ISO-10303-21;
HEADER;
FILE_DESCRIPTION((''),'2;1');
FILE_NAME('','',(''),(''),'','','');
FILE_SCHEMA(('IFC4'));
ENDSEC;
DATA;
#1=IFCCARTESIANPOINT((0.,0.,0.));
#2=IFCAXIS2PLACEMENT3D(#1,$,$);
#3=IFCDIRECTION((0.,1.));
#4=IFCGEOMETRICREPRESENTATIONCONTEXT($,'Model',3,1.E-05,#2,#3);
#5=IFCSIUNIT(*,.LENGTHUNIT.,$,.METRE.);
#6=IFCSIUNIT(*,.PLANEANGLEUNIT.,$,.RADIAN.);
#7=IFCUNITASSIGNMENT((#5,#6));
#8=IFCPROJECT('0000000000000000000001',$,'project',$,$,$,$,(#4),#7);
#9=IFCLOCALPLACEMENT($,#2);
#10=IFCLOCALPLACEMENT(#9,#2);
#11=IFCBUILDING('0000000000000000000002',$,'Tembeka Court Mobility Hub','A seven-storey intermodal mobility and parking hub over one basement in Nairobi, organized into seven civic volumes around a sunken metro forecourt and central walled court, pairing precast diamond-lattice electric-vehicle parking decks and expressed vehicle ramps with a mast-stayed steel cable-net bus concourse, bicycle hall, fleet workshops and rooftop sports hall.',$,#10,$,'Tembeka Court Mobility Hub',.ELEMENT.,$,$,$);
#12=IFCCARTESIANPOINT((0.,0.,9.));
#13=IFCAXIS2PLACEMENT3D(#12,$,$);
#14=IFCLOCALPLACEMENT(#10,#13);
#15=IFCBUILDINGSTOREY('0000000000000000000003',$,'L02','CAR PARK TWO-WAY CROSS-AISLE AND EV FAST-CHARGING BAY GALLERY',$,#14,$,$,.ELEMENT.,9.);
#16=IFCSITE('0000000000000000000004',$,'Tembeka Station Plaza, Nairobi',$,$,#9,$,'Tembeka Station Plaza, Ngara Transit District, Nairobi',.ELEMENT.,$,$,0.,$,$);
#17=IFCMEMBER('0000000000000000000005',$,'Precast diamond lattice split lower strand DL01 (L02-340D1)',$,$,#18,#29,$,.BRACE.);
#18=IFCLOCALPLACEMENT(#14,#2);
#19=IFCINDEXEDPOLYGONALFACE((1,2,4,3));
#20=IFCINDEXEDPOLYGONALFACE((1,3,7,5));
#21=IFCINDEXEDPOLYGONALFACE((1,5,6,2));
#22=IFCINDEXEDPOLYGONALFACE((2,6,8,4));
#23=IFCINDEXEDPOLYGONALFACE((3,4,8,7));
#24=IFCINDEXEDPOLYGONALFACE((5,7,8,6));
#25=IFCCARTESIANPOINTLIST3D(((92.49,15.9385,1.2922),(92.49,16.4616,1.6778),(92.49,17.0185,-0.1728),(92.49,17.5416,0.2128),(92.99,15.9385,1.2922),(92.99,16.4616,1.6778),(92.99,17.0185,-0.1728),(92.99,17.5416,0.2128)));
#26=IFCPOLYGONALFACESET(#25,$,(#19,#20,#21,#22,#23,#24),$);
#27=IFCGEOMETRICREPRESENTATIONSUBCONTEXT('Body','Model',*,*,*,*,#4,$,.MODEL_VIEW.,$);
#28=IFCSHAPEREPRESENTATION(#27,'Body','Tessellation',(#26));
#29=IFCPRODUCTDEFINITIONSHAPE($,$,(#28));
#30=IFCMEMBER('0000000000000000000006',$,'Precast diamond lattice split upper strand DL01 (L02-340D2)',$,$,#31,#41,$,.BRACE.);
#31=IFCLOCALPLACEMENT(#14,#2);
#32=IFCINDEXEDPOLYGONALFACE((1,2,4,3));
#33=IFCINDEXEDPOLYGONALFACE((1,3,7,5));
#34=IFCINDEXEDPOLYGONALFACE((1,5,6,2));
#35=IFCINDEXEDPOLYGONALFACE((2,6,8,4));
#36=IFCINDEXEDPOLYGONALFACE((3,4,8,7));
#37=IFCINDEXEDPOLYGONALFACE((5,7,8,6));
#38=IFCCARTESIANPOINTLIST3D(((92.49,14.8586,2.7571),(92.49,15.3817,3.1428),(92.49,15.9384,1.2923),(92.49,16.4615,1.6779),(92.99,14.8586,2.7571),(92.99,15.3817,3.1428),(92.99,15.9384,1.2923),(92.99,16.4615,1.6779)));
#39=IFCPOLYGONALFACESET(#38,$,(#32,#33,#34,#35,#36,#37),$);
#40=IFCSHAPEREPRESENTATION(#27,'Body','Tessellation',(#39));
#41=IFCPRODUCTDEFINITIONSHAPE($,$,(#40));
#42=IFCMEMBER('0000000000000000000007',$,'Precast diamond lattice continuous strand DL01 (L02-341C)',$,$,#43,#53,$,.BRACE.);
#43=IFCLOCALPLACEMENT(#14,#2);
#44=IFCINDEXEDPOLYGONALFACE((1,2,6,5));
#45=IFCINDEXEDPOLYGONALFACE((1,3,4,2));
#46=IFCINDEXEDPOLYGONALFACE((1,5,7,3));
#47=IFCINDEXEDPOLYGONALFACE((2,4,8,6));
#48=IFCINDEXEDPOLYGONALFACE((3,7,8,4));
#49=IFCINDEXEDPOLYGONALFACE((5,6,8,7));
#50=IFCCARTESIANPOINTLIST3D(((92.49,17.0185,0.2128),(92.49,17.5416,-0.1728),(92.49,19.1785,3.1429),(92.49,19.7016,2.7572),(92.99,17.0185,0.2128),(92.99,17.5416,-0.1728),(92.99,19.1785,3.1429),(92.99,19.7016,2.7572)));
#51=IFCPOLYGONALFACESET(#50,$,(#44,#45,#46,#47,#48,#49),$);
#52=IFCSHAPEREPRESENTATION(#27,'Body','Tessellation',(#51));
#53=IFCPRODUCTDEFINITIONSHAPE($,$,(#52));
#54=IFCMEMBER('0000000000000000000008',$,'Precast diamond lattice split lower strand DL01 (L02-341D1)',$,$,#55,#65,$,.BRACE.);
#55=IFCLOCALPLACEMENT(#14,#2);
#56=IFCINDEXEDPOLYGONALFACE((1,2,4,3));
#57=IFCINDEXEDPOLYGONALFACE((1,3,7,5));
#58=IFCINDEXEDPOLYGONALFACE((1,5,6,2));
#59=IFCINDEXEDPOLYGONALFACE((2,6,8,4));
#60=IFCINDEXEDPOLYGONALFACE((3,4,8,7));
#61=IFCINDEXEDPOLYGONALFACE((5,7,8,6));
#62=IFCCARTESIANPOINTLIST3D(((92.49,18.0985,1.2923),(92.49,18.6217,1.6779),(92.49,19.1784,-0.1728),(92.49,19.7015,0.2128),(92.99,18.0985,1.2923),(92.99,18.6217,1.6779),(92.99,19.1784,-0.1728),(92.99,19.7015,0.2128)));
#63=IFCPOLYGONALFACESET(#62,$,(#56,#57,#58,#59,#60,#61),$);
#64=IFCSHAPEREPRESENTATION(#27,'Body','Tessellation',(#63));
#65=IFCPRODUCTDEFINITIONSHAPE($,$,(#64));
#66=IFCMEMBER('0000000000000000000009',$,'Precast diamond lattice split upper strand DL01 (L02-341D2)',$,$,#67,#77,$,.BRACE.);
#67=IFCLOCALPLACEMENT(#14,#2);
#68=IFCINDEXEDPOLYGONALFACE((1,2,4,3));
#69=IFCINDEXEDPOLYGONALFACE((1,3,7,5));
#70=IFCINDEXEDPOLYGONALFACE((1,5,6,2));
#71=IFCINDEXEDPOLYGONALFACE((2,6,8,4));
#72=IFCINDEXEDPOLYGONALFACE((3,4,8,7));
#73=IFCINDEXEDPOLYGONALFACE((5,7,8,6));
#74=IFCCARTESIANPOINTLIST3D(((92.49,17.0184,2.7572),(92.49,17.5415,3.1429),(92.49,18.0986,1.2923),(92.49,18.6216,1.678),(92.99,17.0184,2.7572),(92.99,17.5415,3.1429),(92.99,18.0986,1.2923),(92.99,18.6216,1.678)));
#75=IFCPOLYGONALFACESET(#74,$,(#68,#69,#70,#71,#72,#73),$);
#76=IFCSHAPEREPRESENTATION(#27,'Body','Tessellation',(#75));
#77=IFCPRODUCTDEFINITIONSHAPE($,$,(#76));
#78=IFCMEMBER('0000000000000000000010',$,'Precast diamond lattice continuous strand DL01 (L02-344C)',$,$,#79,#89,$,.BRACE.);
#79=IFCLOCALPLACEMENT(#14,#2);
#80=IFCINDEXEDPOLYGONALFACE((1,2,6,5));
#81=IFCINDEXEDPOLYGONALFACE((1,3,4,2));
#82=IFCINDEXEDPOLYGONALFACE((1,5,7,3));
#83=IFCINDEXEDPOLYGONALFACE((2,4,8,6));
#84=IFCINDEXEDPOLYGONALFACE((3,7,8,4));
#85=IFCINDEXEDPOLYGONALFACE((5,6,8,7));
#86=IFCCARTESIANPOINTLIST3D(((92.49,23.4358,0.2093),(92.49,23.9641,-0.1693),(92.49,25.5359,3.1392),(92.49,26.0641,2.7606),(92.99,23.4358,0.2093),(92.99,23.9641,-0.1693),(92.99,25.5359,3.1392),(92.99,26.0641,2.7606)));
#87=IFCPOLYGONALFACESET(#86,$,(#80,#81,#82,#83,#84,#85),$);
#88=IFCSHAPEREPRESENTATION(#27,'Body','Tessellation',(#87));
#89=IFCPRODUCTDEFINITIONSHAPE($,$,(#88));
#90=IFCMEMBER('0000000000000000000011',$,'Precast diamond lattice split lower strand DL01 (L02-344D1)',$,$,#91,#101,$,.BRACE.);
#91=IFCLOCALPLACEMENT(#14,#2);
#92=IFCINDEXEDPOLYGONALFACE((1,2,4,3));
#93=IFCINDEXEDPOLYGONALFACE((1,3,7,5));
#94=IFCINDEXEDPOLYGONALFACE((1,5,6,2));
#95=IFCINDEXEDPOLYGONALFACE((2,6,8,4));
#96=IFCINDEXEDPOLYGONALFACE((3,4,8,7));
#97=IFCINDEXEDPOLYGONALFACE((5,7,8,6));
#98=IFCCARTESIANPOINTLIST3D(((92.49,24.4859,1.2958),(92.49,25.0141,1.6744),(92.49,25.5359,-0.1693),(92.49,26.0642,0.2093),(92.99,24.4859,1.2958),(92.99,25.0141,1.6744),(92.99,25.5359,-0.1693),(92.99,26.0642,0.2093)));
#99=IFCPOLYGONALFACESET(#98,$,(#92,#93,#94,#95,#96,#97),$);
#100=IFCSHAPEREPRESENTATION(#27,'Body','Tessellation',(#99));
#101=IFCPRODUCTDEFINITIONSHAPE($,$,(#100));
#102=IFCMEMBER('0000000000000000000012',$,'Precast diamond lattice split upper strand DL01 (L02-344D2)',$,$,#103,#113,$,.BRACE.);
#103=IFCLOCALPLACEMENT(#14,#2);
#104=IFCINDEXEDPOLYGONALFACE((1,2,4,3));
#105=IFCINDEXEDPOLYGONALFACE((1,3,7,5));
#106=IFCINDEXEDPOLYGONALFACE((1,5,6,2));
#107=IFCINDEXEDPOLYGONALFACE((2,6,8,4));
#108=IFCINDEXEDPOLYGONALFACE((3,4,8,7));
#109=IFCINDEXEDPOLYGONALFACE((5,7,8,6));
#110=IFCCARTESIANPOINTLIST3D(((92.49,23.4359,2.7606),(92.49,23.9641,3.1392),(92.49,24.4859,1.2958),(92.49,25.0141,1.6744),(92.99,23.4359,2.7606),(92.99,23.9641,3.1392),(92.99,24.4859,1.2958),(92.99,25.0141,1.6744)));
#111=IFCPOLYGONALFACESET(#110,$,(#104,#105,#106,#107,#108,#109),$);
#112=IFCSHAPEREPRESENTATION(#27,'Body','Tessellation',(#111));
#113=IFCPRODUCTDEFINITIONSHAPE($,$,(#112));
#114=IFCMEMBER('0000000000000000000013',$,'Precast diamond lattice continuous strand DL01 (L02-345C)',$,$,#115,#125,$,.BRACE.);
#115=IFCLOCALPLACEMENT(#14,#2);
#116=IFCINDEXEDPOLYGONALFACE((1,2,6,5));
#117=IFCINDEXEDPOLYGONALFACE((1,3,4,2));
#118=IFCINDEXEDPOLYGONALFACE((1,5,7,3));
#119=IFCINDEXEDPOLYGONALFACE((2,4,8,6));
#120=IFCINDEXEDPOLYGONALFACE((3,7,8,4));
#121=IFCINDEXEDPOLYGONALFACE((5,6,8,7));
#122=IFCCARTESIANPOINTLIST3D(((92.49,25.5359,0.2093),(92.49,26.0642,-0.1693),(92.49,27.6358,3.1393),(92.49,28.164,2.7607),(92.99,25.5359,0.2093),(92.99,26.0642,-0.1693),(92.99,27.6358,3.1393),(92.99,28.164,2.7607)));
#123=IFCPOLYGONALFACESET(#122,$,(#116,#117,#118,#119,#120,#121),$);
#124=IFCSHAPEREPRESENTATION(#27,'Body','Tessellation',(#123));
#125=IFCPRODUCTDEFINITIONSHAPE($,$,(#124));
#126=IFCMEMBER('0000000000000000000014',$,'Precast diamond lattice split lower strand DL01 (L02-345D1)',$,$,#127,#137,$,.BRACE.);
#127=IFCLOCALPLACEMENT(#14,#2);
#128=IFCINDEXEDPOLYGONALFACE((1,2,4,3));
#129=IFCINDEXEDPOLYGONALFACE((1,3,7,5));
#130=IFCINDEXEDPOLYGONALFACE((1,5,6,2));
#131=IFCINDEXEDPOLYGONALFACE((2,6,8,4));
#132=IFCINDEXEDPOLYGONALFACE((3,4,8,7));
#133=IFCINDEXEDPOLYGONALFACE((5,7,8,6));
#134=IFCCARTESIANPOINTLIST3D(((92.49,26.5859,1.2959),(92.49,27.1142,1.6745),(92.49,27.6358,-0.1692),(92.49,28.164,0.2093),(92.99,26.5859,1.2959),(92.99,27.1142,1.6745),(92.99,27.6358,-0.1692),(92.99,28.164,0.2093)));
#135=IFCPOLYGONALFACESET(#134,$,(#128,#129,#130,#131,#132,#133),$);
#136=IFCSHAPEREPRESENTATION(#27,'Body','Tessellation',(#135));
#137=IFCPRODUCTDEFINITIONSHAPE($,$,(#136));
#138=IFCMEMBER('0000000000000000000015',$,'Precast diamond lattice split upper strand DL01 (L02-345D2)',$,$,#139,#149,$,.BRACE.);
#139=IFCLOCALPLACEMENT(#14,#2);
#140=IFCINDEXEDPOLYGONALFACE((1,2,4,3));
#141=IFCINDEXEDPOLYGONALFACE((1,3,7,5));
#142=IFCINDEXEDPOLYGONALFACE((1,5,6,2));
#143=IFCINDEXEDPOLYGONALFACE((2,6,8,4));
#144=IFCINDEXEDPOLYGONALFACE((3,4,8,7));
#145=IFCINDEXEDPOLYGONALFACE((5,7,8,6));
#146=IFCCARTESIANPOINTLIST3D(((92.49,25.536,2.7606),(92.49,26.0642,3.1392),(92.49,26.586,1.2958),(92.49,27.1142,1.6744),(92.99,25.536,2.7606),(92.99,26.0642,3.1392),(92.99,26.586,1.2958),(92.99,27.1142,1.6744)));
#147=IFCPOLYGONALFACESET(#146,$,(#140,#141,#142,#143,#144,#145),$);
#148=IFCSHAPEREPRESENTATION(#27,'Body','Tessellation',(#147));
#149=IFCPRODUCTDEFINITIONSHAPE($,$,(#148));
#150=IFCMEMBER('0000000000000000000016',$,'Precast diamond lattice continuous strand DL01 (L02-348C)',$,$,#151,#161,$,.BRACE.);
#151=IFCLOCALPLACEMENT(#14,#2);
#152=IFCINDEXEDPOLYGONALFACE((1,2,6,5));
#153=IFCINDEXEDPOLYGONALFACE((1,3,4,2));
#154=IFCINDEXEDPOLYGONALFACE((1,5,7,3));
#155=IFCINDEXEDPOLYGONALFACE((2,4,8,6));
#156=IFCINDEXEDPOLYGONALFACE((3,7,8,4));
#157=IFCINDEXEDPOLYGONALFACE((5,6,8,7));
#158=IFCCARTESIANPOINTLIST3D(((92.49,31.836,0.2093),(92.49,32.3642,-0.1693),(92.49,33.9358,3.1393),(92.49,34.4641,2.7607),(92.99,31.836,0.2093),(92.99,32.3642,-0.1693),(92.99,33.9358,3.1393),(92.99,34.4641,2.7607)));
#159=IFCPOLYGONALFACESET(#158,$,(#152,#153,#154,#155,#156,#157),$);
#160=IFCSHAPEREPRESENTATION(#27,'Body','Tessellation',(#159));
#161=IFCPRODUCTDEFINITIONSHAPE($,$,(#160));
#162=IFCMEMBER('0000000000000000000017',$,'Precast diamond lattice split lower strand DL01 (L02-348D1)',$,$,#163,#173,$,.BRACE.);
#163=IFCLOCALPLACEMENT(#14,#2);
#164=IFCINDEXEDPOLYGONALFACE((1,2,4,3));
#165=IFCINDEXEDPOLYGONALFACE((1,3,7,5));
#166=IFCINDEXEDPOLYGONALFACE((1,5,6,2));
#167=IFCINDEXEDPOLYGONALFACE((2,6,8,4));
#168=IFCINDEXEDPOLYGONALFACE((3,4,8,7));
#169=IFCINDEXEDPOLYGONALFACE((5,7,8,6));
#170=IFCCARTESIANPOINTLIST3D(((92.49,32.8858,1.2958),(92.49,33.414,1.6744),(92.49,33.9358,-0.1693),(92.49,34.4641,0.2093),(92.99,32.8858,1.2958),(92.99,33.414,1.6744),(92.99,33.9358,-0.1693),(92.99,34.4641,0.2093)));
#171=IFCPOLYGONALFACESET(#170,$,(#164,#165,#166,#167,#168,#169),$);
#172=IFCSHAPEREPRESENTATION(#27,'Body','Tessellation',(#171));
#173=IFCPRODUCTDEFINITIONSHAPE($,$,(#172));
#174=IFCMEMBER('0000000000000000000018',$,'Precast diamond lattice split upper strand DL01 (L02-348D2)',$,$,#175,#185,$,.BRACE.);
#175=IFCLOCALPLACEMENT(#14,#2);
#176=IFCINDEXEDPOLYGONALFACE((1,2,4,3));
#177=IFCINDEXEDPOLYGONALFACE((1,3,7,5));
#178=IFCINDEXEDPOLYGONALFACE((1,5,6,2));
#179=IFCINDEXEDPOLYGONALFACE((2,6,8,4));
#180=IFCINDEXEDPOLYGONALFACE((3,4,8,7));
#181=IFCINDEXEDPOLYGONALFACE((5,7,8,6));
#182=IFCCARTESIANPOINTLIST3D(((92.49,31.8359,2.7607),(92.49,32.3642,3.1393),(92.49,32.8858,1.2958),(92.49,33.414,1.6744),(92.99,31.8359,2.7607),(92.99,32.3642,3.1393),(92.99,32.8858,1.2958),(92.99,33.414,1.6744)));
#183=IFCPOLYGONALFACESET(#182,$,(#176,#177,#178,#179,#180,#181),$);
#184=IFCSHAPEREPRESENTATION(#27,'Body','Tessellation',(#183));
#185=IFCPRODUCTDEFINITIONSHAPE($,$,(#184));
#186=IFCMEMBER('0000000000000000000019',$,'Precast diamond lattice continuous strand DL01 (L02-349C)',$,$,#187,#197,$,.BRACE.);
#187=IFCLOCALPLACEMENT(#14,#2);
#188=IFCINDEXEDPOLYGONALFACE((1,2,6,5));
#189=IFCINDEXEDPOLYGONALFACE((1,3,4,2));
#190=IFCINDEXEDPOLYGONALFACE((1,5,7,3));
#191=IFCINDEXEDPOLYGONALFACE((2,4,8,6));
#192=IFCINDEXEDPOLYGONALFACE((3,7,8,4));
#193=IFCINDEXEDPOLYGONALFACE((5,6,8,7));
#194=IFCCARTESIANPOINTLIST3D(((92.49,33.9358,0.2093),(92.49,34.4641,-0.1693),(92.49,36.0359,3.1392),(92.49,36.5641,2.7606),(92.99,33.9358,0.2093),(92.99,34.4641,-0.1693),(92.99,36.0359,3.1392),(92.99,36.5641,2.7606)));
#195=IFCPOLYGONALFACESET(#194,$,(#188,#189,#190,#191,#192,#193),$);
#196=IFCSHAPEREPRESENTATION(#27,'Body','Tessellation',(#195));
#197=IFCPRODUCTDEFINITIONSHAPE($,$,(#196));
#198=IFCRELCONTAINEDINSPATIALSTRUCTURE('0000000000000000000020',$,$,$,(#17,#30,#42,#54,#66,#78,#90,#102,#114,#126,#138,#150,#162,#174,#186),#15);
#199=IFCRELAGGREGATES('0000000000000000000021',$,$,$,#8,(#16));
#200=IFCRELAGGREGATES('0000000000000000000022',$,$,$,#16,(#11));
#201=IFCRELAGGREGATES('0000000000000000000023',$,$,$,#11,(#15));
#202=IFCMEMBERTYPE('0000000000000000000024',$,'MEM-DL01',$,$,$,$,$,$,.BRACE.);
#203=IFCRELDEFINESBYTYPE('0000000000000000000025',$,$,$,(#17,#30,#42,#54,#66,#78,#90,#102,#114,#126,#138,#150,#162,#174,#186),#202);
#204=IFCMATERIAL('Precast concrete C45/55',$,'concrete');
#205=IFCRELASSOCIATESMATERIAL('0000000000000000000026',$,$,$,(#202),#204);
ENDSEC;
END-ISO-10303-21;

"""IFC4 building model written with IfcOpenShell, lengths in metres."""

from ifc_helpers import new_model, si_unit, direction, frame, origin, origin_2d, place, context, subcontext, project, spatial, rectangle, extrude, material, material_profile, profile_set, type_object, element, save


model = new_model("IFC4")

# Units and contexts
model_context = context("Model", 3, precision=1e-05, world=origin(), true_north=direction((0.0, 1.0)))
body_context = subcontext(model_context, "Body", "Model", "MODEL_VIEW")
ifc_project = project(units=[si_unit("LENGTHUNIT", "METRE"), si_unit("PLANEANGLEUNIT", "RADIAN")], contexts=[model_context])

# Site, building, storey
site_placement = place(None, origin())
site = spatial("IfcSite", under=ifc_project, at=site_placement, Name="Tembeka Station Plaza, Nairobi", LongName="Tembeka Station Plaza, Ngara Transit District, Nairobi", CompositionType="ELEMENT", RefElevation=0.0)
building_placement = place(site_placement, origin())
building = spatial("IfcBuilding", under=site, at=building_placement, Name="Tembeka Court Mobility Hub", Description="A seven-storey intermodal mobility and parking hub over one basement in Nairobi, organized into seven civic volumes around a sunken metro forecourt and central walled court, pairing precast diamond-lattice electric-vehicle parking decks and expressed vehicle ramps with a mast-stayed steel cable-net bus concourse, bicycle hall, fleet workshops and rooftop sports hall.", LongName="Tembeka Court Mobility Hub", CompositionType="ELEMENT")
storey_placement = place(building_placement, frame((0.0, 0.0, 9.0)))
storey = spatial("IfcBuildingStorey", under=building, at=storey_placement, Name="L02", Description="CAR PARK TWO-WAY CROSS-AISLE AND EV FAST-CHARGING BAY GALLERY", CompositionType="ELEMENT", Elevation=9.0)

# Members
ifc_material_1 = material(Name="Precast concrete C45/55", Category="concrete")
ifc_material_profile_1 = material_profile(ifc_material_1, rectangle(XDim=0.5, YDim=0.6499, at=origin_2d()), Name="PC-DIAG 500x650")
ifc_profile_set_1 = profile_set([ifc_material_profile_1], Name="Precast concrete C45/55")
member_type_1 = type_object("IfcMemberType", Name="MEM-DL01", PredefinedType="BRACE", material=ifc_profile_set_1)
member_1_placement = place(storey_placement, frame((92.74, 17.28, 0.02), z_axis=(0.0, -0.593391, 0.804914), x_axis=(1.0, 0.0, 0.0)))
element("IfcMember", 1, at=member_1_placement, inside=storey, type_object=member_type_1, Name="Precast diamond lattice split lower strand DL01 (L02-340D1)", PredefinedType="BRACE", context=body_context, shape_type="SweptSolid", body=[
    extrude(rectangle(XDim=0.5, YDim=0.6499, at=origin_2d()), origin(), (0.0, 0.0, 1.0), 1.8201),
])
member_2_placement = place(storey_placement, frame((92.74, 16.2, 1.4851), z_axis=(0.0, -0.593368, 0.804931), x_axis=(1.0, 0.0, 0.0)))
element("IfcMember", 2, at=member_2_placement, inside=storey, type_object=member_type_1, Name="Precast diamond lattice split upper strand DL01 (L02-340D2)", PredefinedType="BRACE", context=body_context, shape_type="SweptSolid", body=[
    extrude(rectangle(XDim=0.5, YDim=0.6499, at=origin_2d()), origin(), (0.0, 0.0, 1.0), 1.8198),
])
member_3_placement = place(storey_placement, frame((92.74, 17.28, 0.02), z_axis=(0.0, 0.59338, 0.804923), x_axis=(-1.0, 0.0, 0.0)))
element("IfcMember", 3, at=member_3_placement, inside=storey, type_object=member_type_1, Name="Precast diamond lattice continuous strand DL01 (L02-341C)", PredefinedType="BRACE", context=body_context, shape_type="SweptSolid", body=[
    extrude(rectangle(XDim=0.5, YDim=0.6499, at=origin_2d()), origin(), (0.0, 0.0, 1.0), 3.6401),
])
for number, where, z_axis, x_axis, name in (
    (4, (92.74, 19.4399, 0.02), (0.0, -0.593304, 0.804978), (1.0, 0.0, 0.0), "Precast diamond lattice split lower strand DL01 (L02-341D1)"),
    (5, (92.74, 18.3601, 1.4851), (0.0, -0.593455, 0.804867), (1.0, 0.0, 0.0), "Precast diamond lattice split upper strand DL01 (L02-341D2)"),
):
    element("IfcMember", number, at=place(storey_placement, frame(where, z_axis=z_axis, x_axis=x_axis)), inside=storey, type_object=member_type_1, Name=name, PredefinedType="BRACE", context=body_context, shape_type="SweptSolid", body=[
        extrude(rectangle(XDim=0.5, YDim=0.6499, at=origin_2d()), origin(), (0.0, 0.0, 1.0), 1.8201),
    ])
member_4_placement = place(storey_placement, frame((92.74, 23.7, 0.02), z_axis=(0.0, 0.582576, 0.812776), x_axis=(-1.0, 0.0, 0.0)))
element("IfcMember", 6, at=member_4_placement, inside=storey, type_object=member_type_1, Name="Precast diamond lattice continuous strand DL01 (L02-344C)", PredefinedType="BRACE", context=body_context, shape_type="SweptSolid", body=[
    extrude(rectangle(XDim=0.5, YDim=0.6499, at=origin_2d()), origin(), (0.0, 0.0, 1.0), 3.6047),
])
member_5_placement = place(storey_placement, frame((92.74, 25.8, 0.02), z_axis=(0.0, -0.582544, 0.812799), x_axis=(1.0, 0.0, 0.0)))
element("IfcMember", 7, at=member_5_placement, inside=storey, type_object=member_type_1, Name="Precast diamond lattice split lower strand DL01 (L02-344D1)", PredefinedType="BRACE", context=body_context, shape_type="SweptSolid", body=[
    extrude(rectangle(XDim=0.5, YDim=0.6499, at=origin_2d()), origin(), (0.0, 0.0, 1.0), 1.8025),
])
member_6_placement = place(storey_placement, frame((92.74, 24.75, 1.4851), z_axis=(0.0, -0.582608, 0.812753), x_axis=(1.0, 0.0, 0.0)))
element("IfcMember", 8, at=member_6_placement, inside=storey, type_object=member_type_1, Name="Precast diamond lattice split upper strand DL01 (L02-344D2)", PredefinedType="BRACE", context=body_context, shape_type="SweptSolid", body=[
    extrude(rectangle(XDim=0.5, YDim=0.6499, at=origin_2d()), origin(), (0.0, 0.0, 1.0), 1.8022),
])
member_7_placement = place(storey_placement, frame((92.74, 25.8, 0.02), z_axis=(0.0, 0.582532, 0.812808), x_axis=(-1.0, 0.0, 0.0)))
element("IfcMember", 9, at=member_7_placement, inside=storey, type_object=member_type_1, Name="Precast diamond lattice continuous strand DL01 (L02-345C)", PredefinedType="BRACE", context=body_context, shape_type="SweptSolid", body=[
    extrude(rectangle(XDim=0.5, YDim=0.6499, at=origin_2d()), origin(), (0.0, 0.0, 1.0), 3.6047),
])
member_8_placement = place(storey_placement, frame((92.74, 27.8999, 0.02), z_axis=(0.0, -0.582455, 0.812863), x_axis=(1.0, 0.0, 0.0)))
element("IfcMember", 10, at=member_8_placement, inside=storey, type_object=member_type_1, Name="Precast diamond lattice split lower strand DL01 (L02-345D1)", PredefinedType="BRACE", context=body_context, shape_type="SweptSolid", body=[
    extrude(rectangle(XDim=0.5, YDim=0.6499, at=origin_2d()), origin(), (0.0, 0.0, 1.0), 1.8025),
])
member_9_placement = place(storey_placement, frame((92.74, 26.8501, 1.4851), z_axis=(0.0, -0.582608, 0.812753), x_axis=(1.0, 0.0, 0.0)))
element("IfcMember", 11, at=member_9_placement, inside=storey, type_object=member_type_1, Name="Precast diamond lattice split upper strand DL01 (L02-345D2)", PredefinedType="BRACE", context=body_context, shape_type="SweptSolid", body=[
    extrude(rectangle(XDim=0.5, YDim=0.6499, at=origin_2d()), origin(), (0.0, 0.0, 1.0), 1.8022),
])
member_10_placement = place(storey_placement, frame((92.74, 32.1001, 0.02), z_axis=(0.0, 0.582532, 0.812808), x_axis=(-1.0, 0.0, 0.0)))
element("IfcMember", 12, at=member_10_placement, inside=storey, type_object=member_type_1, Name="Precast diamond lattice continuous strand DL01 (L02-348C)", PredefinedType="BRACE", context=body_context, shape_type="SweptSolid", body=[
    extrude(rectangle(XDim=0.5, YDim=0.6499, at=origin_2d()), origin(), (0.0, 0.0, 1.0), 3.6047),
])
member_11_placement = place(storey_placement, frame((92.74, 34.2, 0.02), z_axis=(0.0, -0.582544, 0.812799), x_axis=(1.0, 0.0, 0.0)))
element("IfcMember", 13, at=member_11_placement, inside=storey, type_object=member_type_1, Name="Precast diamond lattice split lower strand DL01 (L02-348D1)", PredefinedType="BRACE", context=body_context, shape_type="SweptSolid", body=[
    extrude(rectangle(XDim=0.5, YDim=0.6499, at=origin_2d()), origin(), (0.0, 0.0, 1.0), 1.8025),
])
member_12_placement = place(storey_placement, frame((92.74, 33.1499, 1.4851), z_axis=(0.0, -0.582519, 0.812817), x_axis=(1.0, 0.0, 0.0)))
element("IfcMember", 14, at=member_12_placement, inside=storey, type_object=member_type_1, Name="Precast diamond lattice split upper strand DL01 (L02-348D2)", PredefinedType="BRACE", context=body_context, shape_type="SweptSolid", body=[
    extrude(rectangle(XDim=0.5, YDim=0.6499, at=origin_2d()), origin(), (0.0, 0.0, 1.0), 1.8022),
])
member_13_placement = place(storey_placement, frame((92.74, 34.2, 0.02), z_axis=(0.0, 0.582576, 0.812776), x_axis=(-1.0, 0.0, 0.0)))
element("IfcMember", 15, at=member_13_placement, inside=storey, type_object=member_type_1, Name="Precast diamond lattice continuous strand DL01 (L02-349C)", PredefinedType="BRACE", context=body_context, shape_type="SweptSolid", body=[
    extrude(rectangle(XDim=0.5, YDim=0.6499, at=origin_2d()), origin(), (0.0, 0.0, 1.0), 3.6047),
])

save(model, "model.ifc")
